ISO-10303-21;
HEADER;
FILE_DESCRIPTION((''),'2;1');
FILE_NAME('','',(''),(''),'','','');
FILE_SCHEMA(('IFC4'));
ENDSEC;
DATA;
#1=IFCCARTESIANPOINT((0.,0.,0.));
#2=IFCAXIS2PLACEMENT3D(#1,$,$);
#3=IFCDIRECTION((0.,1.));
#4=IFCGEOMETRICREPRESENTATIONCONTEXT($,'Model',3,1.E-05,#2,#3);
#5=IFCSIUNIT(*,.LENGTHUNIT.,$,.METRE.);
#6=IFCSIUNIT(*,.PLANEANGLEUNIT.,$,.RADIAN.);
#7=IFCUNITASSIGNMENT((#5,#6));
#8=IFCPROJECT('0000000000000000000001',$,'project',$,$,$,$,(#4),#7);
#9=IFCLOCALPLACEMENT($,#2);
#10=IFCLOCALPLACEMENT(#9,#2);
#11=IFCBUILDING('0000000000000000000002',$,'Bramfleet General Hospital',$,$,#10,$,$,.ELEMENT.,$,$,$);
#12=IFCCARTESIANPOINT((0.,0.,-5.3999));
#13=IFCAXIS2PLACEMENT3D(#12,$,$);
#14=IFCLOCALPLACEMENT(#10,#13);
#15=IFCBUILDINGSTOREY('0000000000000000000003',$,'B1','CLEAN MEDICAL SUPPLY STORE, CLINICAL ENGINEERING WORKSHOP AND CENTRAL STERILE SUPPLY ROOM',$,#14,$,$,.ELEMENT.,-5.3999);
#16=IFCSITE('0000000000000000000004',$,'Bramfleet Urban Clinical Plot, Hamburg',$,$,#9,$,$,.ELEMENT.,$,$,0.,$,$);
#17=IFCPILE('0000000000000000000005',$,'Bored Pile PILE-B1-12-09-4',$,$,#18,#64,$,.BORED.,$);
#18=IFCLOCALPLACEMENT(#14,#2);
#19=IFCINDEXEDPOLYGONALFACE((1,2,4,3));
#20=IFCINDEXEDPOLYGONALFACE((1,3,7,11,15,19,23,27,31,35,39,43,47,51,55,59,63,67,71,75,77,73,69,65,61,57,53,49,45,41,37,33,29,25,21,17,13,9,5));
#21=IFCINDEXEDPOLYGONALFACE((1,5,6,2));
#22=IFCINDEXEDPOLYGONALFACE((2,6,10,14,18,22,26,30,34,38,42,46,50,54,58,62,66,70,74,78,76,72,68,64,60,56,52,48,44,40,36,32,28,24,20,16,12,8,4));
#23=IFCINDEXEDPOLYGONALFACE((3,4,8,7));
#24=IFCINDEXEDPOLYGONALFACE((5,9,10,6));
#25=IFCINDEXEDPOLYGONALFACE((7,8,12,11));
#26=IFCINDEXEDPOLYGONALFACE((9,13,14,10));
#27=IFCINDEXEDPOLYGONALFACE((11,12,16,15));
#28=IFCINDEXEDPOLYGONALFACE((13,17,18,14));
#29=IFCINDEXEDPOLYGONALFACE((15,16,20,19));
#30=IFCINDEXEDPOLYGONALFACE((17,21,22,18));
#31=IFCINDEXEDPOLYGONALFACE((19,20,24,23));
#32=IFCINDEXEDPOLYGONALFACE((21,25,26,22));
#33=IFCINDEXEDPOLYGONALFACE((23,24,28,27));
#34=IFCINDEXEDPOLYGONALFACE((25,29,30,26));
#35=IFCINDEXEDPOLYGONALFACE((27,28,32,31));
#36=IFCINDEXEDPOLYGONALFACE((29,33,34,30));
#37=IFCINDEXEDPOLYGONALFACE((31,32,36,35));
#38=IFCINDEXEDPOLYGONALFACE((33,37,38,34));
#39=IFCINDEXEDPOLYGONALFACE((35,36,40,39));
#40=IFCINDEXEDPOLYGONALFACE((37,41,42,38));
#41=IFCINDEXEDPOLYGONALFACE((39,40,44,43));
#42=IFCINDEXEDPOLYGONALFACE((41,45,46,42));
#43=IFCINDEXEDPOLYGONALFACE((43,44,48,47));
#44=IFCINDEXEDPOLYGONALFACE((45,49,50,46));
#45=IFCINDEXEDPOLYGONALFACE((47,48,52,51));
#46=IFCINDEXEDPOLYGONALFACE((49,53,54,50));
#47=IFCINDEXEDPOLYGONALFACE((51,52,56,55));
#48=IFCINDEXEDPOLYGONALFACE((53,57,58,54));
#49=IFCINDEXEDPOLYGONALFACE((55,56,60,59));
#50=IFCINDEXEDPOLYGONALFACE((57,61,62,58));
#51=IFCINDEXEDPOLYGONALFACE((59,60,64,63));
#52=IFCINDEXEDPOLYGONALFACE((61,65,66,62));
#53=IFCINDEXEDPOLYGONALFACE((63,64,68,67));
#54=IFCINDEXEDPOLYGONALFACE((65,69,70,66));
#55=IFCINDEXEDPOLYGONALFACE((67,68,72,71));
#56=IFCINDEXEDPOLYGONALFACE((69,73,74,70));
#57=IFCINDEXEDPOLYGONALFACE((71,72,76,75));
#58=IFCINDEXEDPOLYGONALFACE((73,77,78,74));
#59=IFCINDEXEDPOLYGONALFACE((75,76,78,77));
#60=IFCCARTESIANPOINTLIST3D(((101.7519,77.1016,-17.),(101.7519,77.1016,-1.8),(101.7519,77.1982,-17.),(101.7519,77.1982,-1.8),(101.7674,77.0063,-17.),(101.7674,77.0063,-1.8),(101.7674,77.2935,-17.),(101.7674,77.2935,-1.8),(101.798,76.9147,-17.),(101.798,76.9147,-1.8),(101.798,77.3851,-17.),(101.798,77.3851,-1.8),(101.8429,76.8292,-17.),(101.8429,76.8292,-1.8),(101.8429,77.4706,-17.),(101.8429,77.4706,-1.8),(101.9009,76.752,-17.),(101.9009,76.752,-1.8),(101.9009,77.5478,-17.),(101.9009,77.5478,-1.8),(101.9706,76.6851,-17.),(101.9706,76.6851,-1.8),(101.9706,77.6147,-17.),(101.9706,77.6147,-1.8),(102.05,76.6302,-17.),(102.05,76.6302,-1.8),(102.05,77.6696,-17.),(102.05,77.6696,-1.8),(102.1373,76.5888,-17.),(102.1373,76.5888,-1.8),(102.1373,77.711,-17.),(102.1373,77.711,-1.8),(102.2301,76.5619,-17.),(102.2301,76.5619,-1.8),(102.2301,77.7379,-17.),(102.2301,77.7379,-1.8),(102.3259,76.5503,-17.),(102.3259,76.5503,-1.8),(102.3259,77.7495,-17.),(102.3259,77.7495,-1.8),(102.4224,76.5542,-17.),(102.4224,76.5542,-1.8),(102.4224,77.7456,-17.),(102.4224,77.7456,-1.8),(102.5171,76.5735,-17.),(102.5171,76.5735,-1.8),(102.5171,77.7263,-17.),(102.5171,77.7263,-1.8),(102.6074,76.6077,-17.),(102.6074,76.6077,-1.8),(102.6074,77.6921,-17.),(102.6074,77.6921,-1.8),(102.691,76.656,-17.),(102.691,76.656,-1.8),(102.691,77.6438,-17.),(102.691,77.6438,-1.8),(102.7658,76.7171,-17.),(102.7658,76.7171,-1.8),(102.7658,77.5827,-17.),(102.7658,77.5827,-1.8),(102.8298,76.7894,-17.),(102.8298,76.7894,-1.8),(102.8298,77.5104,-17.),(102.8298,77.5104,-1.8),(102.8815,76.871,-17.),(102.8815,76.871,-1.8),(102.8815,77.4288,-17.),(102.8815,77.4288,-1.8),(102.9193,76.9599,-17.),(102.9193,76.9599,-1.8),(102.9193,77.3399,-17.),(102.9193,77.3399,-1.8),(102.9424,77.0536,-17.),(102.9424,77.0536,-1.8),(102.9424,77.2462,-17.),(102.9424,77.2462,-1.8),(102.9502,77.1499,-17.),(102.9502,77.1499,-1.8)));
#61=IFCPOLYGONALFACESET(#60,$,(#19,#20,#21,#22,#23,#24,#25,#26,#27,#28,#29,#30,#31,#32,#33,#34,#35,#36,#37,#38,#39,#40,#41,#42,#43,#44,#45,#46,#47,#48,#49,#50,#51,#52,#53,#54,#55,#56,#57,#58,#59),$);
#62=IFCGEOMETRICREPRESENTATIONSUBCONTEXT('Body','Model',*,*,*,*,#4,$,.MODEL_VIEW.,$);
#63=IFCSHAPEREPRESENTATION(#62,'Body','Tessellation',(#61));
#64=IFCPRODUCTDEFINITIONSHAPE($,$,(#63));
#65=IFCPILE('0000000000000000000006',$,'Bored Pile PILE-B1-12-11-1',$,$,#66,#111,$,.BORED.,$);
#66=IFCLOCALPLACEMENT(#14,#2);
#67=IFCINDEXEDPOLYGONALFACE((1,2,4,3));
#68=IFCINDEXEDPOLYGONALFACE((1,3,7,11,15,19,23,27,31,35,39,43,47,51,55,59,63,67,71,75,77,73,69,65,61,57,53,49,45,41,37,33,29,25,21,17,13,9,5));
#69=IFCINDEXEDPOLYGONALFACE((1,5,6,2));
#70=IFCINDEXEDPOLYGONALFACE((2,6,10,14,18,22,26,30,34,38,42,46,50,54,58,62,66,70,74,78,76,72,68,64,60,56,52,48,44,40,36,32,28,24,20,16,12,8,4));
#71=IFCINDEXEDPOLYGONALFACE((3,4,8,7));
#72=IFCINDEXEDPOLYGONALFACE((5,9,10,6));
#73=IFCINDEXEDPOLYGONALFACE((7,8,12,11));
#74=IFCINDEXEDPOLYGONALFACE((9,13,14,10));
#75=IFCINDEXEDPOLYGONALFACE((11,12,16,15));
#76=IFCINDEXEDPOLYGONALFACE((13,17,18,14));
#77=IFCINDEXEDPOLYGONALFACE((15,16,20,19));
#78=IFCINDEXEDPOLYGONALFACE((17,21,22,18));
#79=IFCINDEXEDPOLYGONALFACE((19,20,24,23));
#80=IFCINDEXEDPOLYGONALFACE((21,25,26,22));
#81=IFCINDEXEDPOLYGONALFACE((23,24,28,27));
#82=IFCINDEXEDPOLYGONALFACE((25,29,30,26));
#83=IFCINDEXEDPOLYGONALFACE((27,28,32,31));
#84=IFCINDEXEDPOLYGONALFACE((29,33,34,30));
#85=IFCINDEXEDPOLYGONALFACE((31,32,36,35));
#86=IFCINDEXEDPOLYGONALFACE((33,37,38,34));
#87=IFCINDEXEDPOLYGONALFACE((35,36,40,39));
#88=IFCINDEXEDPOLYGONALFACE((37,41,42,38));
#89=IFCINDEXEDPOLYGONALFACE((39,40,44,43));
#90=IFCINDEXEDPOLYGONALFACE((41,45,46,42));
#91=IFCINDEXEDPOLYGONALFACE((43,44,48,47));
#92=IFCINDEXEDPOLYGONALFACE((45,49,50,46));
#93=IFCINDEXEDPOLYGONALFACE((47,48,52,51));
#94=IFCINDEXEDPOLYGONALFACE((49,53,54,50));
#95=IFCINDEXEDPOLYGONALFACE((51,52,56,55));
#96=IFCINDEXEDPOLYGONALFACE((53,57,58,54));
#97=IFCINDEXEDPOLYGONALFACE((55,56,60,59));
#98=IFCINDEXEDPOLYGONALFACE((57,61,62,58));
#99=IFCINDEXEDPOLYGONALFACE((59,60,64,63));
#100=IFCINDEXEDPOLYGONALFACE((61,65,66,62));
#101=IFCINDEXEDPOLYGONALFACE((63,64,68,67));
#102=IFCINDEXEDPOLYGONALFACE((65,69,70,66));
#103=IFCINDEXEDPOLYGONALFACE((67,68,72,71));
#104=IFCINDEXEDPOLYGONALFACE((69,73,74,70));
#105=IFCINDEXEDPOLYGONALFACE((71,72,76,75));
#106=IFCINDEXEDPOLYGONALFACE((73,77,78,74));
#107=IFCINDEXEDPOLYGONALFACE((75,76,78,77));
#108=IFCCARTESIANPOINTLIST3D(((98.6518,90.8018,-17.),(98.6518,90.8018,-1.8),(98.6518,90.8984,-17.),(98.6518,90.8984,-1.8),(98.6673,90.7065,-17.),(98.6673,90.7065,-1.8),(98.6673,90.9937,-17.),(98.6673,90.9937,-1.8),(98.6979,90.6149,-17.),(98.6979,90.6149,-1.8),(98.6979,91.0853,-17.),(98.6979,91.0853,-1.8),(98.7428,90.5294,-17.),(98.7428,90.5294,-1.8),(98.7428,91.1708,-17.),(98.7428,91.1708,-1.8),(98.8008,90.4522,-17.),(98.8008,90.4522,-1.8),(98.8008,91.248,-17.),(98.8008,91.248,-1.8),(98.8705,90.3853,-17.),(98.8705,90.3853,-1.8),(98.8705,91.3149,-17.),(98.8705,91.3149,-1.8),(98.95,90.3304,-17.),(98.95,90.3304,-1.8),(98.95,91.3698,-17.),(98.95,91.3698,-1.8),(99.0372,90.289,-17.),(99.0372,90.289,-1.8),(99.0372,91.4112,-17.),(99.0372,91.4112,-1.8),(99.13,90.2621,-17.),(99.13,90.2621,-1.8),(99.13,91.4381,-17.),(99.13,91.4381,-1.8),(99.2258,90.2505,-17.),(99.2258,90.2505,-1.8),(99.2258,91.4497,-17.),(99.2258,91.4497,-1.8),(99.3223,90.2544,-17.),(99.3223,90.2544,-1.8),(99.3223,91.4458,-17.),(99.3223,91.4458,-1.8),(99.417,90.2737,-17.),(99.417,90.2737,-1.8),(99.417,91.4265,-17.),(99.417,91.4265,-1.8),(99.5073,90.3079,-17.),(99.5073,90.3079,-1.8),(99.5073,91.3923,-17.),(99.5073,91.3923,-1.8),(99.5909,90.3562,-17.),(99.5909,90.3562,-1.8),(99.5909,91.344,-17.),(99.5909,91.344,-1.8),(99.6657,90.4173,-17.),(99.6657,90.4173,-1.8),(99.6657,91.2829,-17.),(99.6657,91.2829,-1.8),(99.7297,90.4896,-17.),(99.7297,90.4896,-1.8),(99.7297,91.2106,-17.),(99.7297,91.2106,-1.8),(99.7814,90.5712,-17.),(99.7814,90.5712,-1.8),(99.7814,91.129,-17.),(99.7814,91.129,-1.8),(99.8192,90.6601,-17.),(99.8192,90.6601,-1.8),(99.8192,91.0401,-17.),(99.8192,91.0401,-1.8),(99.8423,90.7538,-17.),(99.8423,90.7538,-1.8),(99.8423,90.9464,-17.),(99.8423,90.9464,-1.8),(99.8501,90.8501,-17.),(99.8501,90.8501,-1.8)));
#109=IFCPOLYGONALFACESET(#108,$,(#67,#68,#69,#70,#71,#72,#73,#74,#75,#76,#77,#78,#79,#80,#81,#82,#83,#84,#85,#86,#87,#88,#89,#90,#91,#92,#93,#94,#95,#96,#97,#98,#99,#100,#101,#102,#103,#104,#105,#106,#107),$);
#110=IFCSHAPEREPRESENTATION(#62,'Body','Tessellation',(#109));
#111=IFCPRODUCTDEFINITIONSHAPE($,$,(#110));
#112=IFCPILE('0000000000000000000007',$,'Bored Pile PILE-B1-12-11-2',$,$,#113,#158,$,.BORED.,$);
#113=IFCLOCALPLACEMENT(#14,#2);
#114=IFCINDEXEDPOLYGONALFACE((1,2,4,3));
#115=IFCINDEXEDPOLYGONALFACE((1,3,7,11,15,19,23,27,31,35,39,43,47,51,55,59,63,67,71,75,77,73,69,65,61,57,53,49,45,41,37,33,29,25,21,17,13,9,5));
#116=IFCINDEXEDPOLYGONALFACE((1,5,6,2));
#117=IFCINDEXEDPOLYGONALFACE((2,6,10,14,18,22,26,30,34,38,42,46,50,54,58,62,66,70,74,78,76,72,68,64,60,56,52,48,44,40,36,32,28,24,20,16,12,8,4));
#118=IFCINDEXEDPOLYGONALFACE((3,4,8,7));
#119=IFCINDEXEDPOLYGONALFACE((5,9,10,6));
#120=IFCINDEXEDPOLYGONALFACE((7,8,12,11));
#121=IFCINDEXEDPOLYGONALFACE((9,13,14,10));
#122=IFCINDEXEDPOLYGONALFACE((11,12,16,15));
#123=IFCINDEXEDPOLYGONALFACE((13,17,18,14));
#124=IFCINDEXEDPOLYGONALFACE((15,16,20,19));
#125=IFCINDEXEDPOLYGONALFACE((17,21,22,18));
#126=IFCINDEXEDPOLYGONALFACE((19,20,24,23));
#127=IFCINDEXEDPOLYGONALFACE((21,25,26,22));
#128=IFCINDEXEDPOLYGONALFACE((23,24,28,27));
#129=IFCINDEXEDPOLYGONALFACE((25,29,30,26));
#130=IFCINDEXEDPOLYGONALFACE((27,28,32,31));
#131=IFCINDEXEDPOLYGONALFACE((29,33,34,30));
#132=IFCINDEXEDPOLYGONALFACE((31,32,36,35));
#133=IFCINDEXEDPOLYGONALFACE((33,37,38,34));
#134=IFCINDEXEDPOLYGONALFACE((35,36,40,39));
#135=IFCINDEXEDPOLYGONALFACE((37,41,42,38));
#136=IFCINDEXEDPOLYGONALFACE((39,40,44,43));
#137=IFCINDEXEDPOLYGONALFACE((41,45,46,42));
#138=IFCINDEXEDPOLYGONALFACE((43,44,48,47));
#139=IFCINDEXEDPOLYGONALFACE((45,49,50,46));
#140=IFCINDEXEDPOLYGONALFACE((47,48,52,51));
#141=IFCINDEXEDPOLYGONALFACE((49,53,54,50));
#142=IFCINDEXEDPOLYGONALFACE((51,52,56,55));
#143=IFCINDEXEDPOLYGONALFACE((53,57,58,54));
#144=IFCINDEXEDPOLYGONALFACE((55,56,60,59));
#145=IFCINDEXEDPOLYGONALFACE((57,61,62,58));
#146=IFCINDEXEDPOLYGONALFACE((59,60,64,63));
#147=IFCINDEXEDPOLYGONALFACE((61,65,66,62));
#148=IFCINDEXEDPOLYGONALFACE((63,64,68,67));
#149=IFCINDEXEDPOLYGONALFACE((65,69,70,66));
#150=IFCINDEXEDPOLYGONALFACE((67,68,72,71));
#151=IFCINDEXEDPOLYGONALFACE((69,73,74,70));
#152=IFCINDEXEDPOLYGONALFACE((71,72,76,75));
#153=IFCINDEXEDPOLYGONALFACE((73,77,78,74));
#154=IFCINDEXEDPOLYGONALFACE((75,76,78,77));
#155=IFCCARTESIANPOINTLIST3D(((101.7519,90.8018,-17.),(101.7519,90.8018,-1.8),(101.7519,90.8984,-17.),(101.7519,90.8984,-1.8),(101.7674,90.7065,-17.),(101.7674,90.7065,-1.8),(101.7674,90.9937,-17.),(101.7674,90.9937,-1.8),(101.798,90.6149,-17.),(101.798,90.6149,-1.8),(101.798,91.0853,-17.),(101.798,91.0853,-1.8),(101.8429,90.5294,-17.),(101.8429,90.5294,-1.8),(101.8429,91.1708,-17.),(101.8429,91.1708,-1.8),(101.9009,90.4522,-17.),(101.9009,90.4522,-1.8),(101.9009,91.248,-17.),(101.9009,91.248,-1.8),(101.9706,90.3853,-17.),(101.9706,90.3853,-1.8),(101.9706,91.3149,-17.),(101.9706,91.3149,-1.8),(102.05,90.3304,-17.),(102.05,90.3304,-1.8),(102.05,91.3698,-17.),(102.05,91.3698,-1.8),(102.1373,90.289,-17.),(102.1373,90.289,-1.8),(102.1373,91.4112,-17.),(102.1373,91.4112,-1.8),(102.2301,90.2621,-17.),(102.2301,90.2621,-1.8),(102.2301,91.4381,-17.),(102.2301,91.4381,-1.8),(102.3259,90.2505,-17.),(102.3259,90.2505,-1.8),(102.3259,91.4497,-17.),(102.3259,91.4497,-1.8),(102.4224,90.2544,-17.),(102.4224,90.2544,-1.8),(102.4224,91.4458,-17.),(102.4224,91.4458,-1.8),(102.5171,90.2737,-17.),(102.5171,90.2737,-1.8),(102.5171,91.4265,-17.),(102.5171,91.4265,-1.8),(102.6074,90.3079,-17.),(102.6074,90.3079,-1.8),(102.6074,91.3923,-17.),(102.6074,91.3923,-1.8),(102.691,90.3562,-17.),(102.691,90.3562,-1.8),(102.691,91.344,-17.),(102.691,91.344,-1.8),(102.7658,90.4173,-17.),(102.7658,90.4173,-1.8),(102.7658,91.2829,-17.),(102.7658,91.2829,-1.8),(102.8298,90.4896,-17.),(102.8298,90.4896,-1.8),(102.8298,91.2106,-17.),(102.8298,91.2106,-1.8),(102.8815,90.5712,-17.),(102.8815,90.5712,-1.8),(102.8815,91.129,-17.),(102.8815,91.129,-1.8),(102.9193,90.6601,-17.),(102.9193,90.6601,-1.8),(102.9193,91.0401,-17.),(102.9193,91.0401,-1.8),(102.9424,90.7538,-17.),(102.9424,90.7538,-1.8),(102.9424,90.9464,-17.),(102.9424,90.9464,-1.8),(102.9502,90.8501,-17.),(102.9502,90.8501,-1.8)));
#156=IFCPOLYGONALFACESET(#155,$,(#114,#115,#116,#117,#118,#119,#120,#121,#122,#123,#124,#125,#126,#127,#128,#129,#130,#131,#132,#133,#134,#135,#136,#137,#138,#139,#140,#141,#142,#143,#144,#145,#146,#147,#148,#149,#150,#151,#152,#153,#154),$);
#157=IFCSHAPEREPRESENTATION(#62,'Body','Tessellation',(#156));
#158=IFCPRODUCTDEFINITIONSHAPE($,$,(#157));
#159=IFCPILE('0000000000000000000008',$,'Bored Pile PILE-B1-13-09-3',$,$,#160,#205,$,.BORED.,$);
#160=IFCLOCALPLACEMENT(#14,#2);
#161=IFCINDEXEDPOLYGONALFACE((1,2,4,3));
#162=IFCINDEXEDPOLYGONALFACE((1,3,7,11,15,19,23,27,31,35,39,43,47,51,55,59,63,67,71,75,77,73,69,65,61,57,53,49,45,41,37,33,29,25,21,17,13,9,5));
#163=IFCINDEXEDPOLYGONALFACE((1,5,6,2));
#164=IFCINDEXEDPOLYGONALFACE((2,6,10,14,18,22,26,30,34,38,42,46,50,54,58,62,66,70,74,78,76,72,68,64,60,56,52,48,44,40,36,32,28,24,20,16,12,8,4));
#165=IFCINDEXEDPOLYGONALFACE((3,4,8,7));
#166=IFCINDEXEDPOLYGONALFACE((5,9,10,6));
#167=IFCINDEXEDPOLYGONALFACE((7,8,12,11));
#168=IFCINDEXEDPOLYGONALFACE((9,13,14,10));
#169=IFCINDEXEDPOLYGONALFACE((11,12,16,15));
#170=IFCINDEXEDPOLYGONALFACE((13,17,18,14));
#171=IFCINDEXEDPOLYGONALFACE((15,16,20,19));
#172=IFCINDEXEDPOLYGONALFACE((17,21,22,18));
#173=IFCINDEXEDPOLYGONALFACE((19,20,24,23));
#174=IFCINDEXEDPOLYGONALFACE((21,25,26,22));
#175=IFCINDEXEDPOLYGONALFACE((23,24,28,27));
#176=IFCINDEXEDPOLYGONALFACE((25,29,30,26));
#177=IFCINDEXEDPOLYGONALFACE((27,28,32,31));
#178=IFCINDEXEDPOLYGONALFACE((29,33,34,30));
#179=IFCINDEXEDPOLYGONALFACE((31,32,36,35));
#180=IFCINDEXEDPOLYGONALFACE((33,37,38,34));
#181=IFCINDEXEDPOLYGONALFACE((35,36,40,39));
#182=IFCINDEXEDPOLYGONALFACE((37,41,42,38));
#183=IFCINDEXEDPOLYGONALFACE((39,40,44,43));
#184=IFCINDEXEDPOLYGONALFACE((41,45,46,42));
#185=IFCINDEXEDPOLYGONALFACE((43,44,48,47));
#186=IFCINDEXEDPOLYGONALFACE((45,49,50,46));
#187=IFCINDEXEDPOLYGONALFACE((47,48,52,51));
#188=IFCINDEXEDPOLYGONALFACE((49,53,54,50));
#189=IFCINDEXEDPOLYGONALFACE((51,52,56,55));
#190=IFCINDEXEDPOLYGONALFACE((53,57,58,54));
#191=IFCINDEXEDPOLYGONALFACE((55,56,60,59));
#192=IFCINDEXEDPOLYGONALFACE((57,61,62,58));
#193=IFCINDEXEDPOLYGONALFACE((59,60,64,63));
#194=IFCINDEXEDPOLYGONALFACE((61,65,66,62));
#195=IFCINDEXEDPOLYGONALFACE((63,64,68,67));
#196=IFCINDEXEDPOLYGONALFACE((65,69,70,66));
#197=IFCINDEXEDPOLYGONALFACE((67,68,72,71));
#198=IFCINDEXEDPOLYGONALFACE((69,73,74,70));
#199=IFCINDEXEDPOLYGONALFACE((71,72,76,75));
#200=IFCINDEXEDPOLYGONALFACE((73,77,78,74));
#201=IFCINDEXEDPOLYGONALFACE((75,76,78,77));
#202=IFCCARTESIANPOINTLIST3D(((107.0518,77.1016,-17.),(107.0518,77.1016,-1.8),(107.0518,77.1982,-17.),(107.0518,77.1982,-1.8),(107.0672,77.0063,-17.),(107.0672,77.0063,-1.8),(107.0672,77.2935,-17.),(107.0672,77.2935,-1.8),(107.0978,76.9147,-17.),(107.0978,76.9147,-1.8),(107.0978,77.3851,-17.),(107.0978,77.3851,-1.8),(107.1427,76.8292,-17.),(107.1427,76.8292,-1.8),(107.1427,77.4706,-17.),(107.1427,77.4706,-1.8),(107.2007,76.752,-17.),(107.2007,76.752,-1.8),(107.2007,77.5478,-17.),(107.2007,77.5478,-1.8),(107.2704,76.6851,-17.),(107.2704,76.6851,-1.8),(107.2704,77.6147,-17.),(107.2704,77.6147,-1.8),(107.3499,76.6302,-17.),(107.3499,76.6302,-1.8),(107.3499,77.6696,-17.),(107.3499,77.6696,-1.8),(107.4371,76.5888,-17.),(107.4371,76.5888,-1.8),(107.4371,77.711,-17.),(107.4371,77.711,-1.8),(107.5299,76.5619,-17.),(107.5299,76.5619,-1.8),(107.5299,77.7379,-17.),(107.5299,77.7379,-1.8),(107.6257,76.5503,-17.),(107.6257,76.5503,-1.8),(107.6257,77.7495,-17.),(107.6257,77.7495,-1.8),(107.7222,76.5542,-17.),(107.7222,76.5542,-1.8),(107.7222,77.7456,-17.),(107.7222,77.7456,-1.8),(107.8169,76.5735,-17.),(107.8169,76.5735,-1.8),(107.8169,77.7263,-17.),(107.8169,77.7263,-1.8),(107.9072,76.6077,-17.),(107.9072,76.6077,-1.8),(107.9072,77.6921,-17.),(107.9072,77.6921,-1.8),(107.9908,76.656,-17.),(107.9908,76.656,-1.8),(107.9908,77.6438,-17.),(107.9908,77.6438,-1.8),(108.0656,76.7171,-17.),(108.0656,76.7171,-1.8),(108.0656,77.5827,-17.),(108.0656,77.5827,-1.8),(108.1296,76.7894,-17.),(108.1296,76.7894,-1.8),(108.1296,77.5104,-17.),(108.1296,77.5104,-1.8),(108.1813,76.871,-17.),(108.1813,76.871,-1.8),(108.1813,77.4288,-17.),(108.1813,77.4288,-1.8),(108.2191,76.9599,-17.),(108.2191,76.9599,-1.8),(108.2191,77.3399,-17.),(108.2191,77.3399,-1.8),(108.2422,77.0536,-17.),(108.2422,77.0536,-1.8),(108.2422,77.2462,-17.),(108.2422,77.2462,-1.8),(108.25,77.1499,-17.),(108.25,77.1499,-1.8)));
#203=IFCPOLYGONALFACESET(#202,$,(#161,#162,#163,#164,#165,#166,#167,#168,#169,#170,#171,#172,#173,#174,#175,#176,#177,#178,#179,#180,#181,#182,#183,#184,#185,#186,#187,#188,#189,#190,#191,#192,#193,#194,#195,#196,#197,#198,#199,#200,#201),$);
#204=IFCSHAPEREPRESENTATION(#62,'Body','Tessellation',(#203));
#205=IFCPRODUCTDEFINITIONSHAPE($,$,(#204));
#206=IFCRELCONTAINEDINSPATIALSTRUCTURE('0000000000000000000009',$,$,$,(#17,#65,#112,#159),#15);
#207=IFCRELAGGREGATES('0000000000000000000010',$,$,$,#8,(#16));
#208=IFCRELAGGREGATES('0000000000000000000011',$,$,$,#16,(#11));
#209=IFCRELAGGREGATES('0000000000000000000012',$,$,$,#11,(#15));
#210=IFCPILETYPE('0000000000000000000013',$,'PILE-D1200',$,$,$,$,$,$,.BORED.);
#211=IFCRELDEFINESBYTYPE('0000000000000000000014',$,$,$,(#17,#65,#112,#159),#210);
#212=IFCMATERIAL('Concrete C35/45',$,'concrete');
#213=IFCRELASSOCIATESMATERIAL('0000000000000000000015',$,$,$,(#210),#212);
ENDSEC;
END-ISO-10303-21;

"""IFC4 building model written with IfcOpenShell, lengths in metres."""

from ifc_helpers import new_model, si_unit, direction, frame, origin, origin_2d, place, context, subcontext, project, spatial, circle, extrude, material, material_profile, profile_set, type_object, element, save


model = new_model("IFC4")

# Units and contexts
model_context = context("Model", 3, precision=1e-05, world=origin(), true_north=direction((0.0, 1.0)))
body_context = subcontext(model_context, "Body", "Model", "MODEL_VIEW")
ifc_project = project(units=[si_unit("LENGTHUNIT", "METRE"), si_unit("PLANEANGLEUNIT", "RADIAN")], contexts=[model_context])

# Site, building, storey
site_placement = place(None, origin())
site = spatial("IfcSite", under=ifc_project, at=site_placement, Name="Bramfleet Urban Clinical Plot, Hamburg", CompositionType="ELEMENT", RefElevation=0.0)
building_placement = place(site_placement, origin())
building = spatial("IfcBuilding", under=site, at=building_placement, Name="Bramfleet General Hospital", CompositionType="ELEMENT")
storey_placement = place(building_placement, frame((0.0, 0.0, -5.3999)))
storey = spatial("IfcBuildingStorey", under=building, at=storey_placement, Name="B1", Description="CLEAN MEDICAL SUPPLY STORE, CLINICAL ENGINEERING WORKSHOP AND CENTRAL STERILE SUPPLY ROOM", CompositionType="ELEMENT", Elevation=-5.3999)

# Shared definitions
ifc_material_1 = material(Name="Concrete C35/45", Category="concrete")

# Piles
ifc_material_profile_1 = material_profile(ifc_material_1, circle(Radius=0.6001, at=origin_2d()), Name="PILE BORED D1200")
ifc_profile_set_1 = profile_set([ifc_material_profile_1], Name="Concrete C35/45")
pile_type_1 = type_object("IfcPileType", Name="PILE-D1200", PredefinedType="BORED", material=ifc_profile_set_1)
for number, where, z_axis, x_axis, name in (
    (1, (102.3501, 77.1499, -1.8), (0.0, 0.0, -1.0), (1.0, 0.0, 0.0), "Bored Pile PILE-B1-12-09-4"),
    (2, (99.25, 90.8501, -1.8), (0.0, 0.0, -1.0), (1.0, 0.0, 0.0), "Bored Pile PILE-B1-12-11-1"),
    (3, (102.3501, 90.8501, -1.8), (0.0, 0.0, -1.0), (1.0, 0.0, 0.0), "Bored Pile PILE-B1-12-11-2"),
    (4, (107.6499, 77.1499, -1.8), (0.0, 0.0, -1.0), (1.0, 0.0, 0.0), "Bored Pile PILE-B1-13-09-3"),
):
    element("IfcPile", number, at=place(storey_placement, frame(where, z_axis=z_axis, x_axis=x_axis)), inside=storey, type_object=pile_type_1, Name=name, PredefinedType="BORED", context=body_context, shape_type="SweptSolid", body=[
        extrude(circle(Radius=0.6001, at=origin_2d()), origin(), (0.0, 0.0, 1.0), 15.2),
    ])

save(model, "model.ifc")
